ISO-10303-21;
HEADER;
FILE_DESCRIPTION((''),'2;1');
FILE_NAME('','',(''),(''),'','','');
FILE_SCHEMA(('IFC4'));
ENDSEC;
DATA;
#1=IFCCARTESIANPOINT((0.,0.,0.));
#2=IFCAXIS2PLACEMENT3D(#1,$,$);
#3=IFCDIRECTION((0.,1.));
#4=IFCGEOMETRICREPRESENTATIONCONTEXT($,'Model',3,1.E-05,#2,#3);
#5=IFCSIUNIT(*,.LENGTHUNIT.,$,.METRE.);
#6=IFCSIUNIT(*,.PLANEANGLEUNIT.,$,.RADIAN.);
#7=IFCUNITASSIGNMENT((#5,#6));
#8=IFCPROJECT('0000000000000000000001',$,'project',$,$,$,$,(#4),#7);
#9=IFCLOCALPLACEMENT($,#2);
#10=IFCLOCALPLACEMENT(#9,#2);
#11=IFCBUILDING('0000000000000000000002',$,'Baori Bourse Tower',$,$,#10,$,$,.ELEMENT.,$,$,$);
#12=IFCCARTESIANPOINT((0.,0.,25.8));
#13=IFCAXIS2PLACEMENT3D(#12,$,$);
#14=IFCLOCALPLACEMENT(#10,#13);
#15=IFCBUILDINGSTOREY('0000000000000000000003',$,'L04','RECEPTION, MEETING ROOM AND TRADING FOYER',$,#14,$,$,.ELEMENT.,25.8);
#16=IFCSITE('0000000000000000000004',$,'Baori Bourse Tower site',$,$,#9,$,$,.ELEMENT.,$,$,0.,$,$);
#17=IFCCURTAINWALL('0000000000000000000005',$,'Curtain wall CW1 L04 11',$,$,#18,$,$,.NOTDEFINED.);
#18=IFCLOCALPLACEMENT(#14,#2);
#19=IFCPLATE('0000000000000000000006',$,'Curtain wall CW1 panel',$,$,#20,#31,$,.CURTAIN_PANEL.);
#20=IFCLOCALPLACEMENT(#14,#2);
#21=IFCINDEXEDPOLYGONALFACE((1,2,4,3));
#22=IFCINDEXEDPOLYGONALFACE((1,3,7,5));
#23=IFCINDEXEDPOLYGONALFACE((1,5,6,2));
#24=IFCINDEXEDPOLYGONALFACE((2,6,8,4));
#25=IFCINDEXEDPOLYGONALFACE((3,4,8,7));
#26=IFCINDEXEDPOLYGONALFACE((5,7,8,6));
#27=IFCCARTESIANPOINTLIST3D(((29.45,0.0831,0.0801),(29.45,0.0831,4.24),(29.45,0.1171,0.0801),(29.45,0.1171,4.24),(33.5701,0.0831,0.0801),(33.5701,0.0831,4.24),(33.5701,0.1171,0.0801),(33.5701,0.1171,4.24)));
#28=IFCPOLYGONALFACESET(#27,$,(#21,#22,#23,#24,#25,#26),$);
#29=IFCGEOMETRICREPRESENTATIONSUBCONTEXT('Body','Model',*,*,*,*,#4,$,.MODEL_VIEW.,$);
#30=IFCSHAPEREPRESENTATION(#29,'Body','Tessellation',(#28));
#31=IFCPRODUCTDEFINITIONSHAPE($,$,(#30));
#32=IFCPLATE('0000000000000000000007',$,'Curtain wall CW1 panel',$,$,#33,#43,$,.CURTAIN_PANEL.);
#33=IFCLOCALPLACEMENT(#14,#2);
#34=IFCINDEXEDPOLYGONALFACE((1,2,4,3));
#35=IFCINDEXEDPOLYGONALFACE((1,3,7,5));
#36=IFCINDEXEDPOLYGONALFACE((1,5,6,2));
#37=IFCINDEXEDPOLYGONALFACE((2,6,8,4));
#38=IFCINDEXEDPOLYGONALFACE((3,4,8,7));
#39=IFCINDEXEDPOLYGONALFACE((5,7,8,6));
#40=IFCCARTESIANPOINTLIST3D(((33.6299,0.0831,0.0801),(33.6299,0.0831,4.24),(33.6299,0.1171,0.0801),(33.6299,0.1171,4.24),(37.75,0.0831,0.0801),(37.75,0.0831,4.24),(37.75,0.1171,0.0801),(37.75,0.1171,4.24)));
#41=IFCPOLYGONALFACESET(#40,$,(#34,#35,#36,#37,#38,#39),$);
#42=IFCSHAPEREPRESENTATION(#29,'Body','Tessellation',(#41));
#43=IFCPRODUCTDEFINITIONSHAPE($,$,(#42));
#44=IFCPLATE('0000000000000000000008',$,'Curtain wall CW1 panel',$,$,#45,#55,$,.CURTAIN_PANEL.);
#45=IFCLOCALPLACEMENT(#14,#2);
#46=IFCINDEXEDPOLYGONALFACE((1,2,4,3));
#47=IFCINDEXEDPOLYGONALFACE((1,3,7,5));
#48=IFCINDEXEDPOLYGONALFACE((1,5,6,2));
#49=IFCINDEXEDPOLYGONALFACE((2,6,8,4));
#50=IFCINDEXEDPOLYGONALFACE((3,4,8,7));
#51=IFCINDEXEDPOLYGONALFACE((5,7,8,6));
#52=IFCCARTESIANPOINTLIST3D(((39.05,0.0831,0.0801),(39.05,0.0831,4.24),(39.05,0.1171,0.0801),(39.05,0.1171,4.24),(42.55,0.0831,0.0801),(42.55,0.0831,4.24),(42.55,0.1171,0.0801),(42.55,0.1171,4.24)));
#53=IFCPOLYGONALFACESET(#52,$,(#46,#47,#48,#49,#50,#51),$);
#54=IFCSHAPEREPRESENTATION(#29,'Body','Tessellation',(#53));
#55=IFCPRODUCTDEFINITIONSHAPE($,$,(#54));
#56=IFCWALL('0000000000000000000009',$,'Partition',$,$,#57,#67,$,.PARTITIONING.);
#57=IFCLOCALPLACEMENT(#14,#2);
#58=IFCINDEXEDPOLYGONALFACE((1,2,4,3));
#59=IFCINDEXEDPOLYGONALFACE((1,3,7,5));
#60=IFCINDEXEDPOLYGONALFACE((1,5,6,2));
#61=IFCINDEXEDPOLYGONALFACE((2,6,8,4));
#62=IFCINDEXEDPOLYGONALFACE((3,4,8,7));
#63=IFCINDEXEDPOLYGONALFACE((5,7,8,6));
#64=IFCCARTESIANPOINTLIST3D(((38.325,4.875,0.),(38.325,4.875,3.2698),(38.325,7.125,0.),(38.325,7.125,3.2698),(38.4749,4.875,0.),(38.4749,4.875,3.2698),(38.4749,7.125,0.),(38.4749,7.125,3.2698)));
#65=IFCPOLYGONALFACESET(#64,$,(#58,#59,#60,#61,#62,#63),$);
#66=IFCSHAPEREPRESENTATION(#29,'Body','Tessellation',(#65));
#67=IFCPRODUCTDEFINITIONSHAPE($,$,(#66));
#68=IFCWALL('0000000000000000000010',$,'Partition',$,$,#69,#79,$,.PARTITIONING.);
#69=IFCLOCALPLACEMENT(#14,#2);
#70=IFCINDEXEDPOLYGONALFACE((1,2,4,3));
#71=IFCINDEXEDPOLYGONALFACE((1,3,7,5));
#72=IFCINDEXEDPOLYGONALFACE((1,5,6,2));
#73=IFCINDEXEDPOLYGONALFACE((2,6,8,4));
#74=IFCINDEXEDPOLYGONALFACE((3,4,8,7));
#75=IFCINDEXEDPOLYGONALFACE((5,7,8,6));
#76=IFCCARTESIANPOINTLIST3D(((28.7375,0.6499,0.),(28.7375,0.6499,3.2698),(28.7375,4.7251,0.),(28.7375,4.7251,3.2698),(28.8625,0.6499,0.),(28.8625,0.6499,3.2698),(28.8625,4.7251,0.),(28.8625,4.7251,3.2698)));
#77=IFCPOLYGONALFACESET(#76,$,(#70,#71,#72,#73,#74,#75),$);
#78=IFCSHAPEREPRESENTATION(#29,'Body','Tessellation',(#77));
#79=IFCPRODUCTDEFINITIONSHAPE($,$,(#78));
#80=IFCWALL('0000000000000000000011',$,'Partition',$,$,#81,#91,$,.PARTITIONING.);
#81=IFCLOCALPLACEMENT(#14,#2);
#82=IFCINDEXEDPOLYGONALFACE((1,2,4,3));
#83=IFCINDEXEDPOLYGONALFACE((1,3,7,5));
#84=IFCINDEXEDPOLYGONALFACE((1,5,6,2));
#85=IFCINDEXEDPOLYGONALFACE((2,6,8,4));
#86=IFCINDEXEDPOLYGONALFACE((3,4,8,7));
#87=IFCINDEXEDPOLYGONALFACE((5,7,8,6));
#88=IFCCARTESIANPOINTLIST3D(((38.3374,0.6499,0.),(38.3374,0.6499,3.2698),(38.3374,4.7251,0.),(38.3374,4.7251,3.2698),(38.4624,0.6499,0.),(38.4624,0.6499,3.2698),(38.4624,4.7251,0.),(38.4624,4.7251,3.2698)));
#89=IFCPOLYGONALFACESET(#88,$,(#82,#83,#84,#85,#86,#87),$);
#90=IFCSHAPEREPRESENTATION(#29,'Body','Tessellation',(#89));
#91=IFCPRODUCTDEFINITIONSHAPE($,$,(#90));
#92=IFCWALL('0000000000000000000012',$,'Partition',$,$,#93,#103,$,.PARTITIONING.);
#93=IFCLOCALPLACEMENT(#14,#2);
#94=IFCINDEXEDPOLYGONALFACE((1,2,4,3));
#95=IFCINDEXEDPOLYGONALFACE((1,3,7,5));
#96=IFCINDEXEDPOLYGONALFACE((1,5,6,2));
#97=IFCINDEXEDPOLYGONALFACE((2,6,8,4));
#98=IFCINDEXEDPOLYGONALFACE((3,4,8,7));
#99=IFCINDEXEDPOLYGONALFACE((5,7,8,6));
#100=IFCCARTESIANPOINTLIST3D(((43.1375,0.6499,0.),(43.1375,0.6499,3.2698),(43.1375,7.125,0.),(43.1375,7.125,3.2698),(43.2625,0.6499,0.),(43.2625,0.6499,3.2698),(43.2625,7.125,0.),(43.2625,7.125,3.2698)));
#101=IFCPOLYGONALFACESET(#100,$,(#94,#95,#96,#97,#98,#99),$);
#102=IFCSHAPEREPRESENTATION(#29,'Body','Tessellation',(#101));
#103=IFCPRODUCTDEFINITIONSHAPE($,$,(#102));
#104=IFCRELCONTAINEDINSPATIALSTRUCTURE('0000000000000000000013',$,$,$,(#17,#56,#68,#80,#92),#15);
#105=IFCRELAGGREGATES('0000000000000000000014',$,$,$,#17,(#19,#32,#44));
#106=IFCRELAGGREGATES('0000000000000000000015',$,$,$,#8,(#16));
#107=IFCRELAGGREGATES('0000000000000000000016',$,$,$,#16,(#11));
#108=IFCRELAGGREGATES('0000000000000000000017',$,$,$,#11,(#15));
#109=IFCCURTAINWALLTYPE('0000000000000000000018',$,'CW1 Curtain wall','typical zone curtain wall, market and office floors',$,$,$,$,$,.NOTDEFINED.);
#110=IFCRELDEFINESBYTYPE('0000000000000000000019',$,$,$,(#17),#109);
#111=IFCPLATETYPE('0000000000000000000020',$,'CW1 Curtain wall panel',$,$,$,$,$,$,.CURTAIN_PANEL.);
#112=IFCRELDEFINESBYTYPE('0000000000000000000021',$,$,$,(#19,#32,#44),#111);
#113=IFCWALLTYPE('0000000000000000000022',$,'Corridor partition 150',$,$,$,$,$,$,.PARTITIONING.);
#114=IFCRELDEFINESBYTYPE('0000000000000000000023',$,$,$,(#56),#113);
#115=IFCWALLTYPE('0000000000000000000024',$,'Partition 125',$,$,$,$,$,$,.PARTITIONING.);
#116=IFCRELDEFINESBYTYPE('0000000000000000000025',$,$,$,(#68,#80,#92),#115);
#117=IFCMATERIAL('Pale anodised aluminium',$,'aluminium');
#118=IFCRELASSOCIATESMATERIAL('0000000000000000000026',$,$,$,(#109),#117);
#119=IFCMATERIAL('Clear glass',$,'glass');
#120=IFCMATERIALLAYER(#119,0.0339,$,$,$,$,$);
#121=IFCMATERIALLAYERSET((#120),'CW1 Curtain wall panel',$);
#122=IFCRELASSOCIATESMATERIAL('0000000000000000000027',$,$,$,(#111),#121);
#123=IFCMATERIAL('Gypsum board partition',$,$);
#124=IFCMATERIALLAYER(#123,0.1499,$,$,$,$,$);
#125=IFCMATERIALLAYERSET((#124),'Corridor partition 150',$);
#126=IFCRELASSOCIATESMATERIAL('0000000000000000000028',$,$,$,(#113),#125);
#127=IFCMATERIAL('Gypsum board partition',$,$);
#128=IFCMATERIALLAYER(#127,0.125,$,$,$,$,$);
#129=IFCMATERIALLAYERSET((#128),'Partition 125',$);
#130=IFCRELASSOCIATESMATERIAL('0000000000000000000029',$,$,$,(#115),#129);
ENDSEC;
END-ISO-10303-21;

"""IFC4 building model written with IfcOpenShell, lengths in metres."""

from ifc_helpers import new_model, si_unit, direction, frame, frame_2d, origin, origin_2d, place, context, subcontext, project, spatial, rectangle, extrude, material, layer, layer_set, type_object, element, aggregate, save


model = new_model("IFC4")

# Units and contexts
model_context = context("Model", 3, precision=1e-05, world=origin(), true_north=direction((0.0, 1.0)))
body_context = subcontext(model_context, "Body", "Model", "MODEL_VIEW")
ifc_project = project(units=[si_unit("LENGTHUNIT", "METRE"), si_unit("PLANEANGLEUNIT", "RADIAN")], contexts=[model_context])

# Site, building, storey
site_placement = place(None, origin())
site = spatial("IfcSite", under=ifc_project, at=site_placement, Name="Baori Bourse Tower site", CompositionType="ELEMENT", RefElevation=0.0)
building_placement = place(site_placement, origin())
building = spatial("IfcBuilding", under=site, at=building_placement, Name="Baori Bourse Tower", CompositionType="ELEMENT")
storey_placement = place(building_placement, frame((0.0, 0.0, 25.8)))
storey = spatial("IfcBuildingStorey", under=building, at=storey_placement, Name="L04", Description="RECEPTION, MEETING ROOM AND TRADING FOYER", CompositionType="ELEMENT", Elevation=25.8)

# Curtain wall
ifc_material_1 = material(Name="Pale anodised aluminium", Category="aluminium")
curtain_wall_type = type_object("IfcCurtainWallType", Name="CW1 Curtain wall", Description="typical zone curtain wall, market and office floors", PredefinedType="NOTDEFINED", material=ifc_material_1)
curtain_wall_placement = place(storey_placement, origin())
curtain_wall = element("IfcCurtainWall", 1, at=curtain_wall_placement, inside=storey, type_object=curtain_wall_type, Name="Curtain wall CW1 L04 11", PredefinedType="NOTDEFINED")

# Plates
ifc_material_2 = material(Name="Clear glass", Category="glass")
ifc_layer_1 = layer(ifc_material_2, 0.0339)
ifc_layer_set_1 = layer_set([ifc_layer_1], Name="CW1 Curtain wall panel")
plate_type = type_object("IfcPlateType", Name="CW1 Curtain wall panel", PredefinedType="CURTAIN_PANEL", material=ifc_layer_set_1)
plate_1_placement = place(storey_placement, frame((31.51, 0.1001, 0.0801), z_axis=(0.0, 0.0, 1.0), x_axis=(1.0, 0.0, 0.0)))
plate_1 = element("IfcPlate", 2, at=plate_1_placement, type_object=plate_type, Name="Curtain wall CW1 panel", PredefinedType="CURTAIN_PANEL", context=body_context, shape_type="SweptSolid", body=[
    extrude(rectangle(XDim=4.1201, YDim=0.0339, at=origin_2d()), origin(), (0.0, 0.0, 1.0), 4.1599),
])
plate_2_placement = place(storey_placement, frame((35.6899, 0.1001, 0.0801), z_axis=(0.0, 0.0, 1.0), x_axis=(1.0, 0.0, 0.0)))
plate_2 = element("IfcPlate", 3, at=plate_2_placement, type_object=plate_type, Name="Curtain wall CW1 panel", PredefinedType="CURTAIN_PANEL", context=body_context, shape_type="SweptSolid", body=[
    extrude(rectangle(XDim=4.1201, YDim=0.0339, at=origin_2d()), origin(), (0.0, 0.0, 1.0), 4.1599),
])
plate_3_placement = place(storey_placement, frame((40.8, 0.1001, 0.0801), z_axis=(0.0, 0.0, 1.0), x_axis=(1.0, 0.0, 0.0)))
plate_3 = element("IfcPlate", 4, at=plate_3_placement, type_object=plate_type, Name="Curtain wall CW1 panel", PredefinedType="CURTAIN_PANEL", context=body_context, shape_type="SweptSolid", body=[
    extrude(rectangle(XDim=3.5, YDim=0.0339, at=origin_2d()), origin(), (0.0, 0.0, 1.0), 4.1599),
])
aggregate(curtain_wall, [plate_1, plate_2, plate_3])

# Walls
ifc_material_3 = material(Name="Gypsum board partition")
ifc_layer_2 = layer(ifc_material_3, 0.1499)
ifc_layer_set_2 = layer_set([ifc_layer_2], Name="Corridor partition 150")
wall_type_1 = type_object("IfcWallType", Name="Corridor partition 150", PredefinedType="PARTITIONING", material=ifc_layer_set_2)
wall_1_placement = place(storey_placement, frame((38.3999, 4.875, 0.0), z_axis=(0.0, 0.0, 1.0), x_axis=(0.0, 1.0, 0.0)))
element("IfcWall", 5, at=wall_1_placement, inside=storey, type_object=wall_type_1, Name="Partition", PredefinedType="PARTITIONING", context=body_context, shape_type="SweptSolid", body=[
    extrude(rectangle(XDim=2.25, YDim=0.1499, at=frame_2d((1.125, 0.0))), origin(), (0.0, 0.0, 1.0), 3.2698),
])
ifc_material_4 = material(Name="Gypsum board partition")
ifc_layer_3 = layer(ifc_material_4, 0.125)
ifc_layer_set_3 = layer_set([ifc_layer_3], Name="Partition 125")
wall_type_2 = type_object("IfcWallType", Name="Partition 125", PredefinedType="PARTITIONING", material=ifc_layer_set_3)
for number, where, z_axis, x_axis, name in (
    (6, (28.8, 0.6499, 0.0), (0.0, 0.0, 1.0), (0.0, 1.0, 0.0), "Partition"),
    (7, (38.3999, 0.6499, 0.0), (0.0, 0.0, 1.0), (0.0, 1.0, 0.0), "Partition"),
):
    element("IfcWall", number, at=place(storey_placement, frame(where, z_axis=z_axis, x_axis=x_axis)), inside=storey, type_object=wall_type_2, Name=name, PredefinedType="PARTITIONING", context=body_context, shape_type="SweptSolid", body=[
        extrude(rectangle(XDim=4.0752, YDim=0.125, at=frame_2d((2.0376, 0.0))), origin(), (0.0, 0.0, 1.0), 3.2698),
    ])
wall_2_placement = place(storey_placement, frame((43.2, 0.6499, 0.0), z_axis=(0.0, 0.0, 1.0), x_axis=(0.0, 1.0, 0.0)))
element("IfcWall", 8, at=wall_2_placement, inside=storey, type_object=wall_type_2, Name="Partition", PredefinedType="PARTITIONING", context=body_context, shape_type="SweptSolid", body=[
    extrude(rectangle(XDim=6.4751, YDim=0.125, at=frame_2d((3.2375, 0.0))), origin(), (0.0, 0.0, 1.0), 3.2698),
])

save(model, "model.ifc")
